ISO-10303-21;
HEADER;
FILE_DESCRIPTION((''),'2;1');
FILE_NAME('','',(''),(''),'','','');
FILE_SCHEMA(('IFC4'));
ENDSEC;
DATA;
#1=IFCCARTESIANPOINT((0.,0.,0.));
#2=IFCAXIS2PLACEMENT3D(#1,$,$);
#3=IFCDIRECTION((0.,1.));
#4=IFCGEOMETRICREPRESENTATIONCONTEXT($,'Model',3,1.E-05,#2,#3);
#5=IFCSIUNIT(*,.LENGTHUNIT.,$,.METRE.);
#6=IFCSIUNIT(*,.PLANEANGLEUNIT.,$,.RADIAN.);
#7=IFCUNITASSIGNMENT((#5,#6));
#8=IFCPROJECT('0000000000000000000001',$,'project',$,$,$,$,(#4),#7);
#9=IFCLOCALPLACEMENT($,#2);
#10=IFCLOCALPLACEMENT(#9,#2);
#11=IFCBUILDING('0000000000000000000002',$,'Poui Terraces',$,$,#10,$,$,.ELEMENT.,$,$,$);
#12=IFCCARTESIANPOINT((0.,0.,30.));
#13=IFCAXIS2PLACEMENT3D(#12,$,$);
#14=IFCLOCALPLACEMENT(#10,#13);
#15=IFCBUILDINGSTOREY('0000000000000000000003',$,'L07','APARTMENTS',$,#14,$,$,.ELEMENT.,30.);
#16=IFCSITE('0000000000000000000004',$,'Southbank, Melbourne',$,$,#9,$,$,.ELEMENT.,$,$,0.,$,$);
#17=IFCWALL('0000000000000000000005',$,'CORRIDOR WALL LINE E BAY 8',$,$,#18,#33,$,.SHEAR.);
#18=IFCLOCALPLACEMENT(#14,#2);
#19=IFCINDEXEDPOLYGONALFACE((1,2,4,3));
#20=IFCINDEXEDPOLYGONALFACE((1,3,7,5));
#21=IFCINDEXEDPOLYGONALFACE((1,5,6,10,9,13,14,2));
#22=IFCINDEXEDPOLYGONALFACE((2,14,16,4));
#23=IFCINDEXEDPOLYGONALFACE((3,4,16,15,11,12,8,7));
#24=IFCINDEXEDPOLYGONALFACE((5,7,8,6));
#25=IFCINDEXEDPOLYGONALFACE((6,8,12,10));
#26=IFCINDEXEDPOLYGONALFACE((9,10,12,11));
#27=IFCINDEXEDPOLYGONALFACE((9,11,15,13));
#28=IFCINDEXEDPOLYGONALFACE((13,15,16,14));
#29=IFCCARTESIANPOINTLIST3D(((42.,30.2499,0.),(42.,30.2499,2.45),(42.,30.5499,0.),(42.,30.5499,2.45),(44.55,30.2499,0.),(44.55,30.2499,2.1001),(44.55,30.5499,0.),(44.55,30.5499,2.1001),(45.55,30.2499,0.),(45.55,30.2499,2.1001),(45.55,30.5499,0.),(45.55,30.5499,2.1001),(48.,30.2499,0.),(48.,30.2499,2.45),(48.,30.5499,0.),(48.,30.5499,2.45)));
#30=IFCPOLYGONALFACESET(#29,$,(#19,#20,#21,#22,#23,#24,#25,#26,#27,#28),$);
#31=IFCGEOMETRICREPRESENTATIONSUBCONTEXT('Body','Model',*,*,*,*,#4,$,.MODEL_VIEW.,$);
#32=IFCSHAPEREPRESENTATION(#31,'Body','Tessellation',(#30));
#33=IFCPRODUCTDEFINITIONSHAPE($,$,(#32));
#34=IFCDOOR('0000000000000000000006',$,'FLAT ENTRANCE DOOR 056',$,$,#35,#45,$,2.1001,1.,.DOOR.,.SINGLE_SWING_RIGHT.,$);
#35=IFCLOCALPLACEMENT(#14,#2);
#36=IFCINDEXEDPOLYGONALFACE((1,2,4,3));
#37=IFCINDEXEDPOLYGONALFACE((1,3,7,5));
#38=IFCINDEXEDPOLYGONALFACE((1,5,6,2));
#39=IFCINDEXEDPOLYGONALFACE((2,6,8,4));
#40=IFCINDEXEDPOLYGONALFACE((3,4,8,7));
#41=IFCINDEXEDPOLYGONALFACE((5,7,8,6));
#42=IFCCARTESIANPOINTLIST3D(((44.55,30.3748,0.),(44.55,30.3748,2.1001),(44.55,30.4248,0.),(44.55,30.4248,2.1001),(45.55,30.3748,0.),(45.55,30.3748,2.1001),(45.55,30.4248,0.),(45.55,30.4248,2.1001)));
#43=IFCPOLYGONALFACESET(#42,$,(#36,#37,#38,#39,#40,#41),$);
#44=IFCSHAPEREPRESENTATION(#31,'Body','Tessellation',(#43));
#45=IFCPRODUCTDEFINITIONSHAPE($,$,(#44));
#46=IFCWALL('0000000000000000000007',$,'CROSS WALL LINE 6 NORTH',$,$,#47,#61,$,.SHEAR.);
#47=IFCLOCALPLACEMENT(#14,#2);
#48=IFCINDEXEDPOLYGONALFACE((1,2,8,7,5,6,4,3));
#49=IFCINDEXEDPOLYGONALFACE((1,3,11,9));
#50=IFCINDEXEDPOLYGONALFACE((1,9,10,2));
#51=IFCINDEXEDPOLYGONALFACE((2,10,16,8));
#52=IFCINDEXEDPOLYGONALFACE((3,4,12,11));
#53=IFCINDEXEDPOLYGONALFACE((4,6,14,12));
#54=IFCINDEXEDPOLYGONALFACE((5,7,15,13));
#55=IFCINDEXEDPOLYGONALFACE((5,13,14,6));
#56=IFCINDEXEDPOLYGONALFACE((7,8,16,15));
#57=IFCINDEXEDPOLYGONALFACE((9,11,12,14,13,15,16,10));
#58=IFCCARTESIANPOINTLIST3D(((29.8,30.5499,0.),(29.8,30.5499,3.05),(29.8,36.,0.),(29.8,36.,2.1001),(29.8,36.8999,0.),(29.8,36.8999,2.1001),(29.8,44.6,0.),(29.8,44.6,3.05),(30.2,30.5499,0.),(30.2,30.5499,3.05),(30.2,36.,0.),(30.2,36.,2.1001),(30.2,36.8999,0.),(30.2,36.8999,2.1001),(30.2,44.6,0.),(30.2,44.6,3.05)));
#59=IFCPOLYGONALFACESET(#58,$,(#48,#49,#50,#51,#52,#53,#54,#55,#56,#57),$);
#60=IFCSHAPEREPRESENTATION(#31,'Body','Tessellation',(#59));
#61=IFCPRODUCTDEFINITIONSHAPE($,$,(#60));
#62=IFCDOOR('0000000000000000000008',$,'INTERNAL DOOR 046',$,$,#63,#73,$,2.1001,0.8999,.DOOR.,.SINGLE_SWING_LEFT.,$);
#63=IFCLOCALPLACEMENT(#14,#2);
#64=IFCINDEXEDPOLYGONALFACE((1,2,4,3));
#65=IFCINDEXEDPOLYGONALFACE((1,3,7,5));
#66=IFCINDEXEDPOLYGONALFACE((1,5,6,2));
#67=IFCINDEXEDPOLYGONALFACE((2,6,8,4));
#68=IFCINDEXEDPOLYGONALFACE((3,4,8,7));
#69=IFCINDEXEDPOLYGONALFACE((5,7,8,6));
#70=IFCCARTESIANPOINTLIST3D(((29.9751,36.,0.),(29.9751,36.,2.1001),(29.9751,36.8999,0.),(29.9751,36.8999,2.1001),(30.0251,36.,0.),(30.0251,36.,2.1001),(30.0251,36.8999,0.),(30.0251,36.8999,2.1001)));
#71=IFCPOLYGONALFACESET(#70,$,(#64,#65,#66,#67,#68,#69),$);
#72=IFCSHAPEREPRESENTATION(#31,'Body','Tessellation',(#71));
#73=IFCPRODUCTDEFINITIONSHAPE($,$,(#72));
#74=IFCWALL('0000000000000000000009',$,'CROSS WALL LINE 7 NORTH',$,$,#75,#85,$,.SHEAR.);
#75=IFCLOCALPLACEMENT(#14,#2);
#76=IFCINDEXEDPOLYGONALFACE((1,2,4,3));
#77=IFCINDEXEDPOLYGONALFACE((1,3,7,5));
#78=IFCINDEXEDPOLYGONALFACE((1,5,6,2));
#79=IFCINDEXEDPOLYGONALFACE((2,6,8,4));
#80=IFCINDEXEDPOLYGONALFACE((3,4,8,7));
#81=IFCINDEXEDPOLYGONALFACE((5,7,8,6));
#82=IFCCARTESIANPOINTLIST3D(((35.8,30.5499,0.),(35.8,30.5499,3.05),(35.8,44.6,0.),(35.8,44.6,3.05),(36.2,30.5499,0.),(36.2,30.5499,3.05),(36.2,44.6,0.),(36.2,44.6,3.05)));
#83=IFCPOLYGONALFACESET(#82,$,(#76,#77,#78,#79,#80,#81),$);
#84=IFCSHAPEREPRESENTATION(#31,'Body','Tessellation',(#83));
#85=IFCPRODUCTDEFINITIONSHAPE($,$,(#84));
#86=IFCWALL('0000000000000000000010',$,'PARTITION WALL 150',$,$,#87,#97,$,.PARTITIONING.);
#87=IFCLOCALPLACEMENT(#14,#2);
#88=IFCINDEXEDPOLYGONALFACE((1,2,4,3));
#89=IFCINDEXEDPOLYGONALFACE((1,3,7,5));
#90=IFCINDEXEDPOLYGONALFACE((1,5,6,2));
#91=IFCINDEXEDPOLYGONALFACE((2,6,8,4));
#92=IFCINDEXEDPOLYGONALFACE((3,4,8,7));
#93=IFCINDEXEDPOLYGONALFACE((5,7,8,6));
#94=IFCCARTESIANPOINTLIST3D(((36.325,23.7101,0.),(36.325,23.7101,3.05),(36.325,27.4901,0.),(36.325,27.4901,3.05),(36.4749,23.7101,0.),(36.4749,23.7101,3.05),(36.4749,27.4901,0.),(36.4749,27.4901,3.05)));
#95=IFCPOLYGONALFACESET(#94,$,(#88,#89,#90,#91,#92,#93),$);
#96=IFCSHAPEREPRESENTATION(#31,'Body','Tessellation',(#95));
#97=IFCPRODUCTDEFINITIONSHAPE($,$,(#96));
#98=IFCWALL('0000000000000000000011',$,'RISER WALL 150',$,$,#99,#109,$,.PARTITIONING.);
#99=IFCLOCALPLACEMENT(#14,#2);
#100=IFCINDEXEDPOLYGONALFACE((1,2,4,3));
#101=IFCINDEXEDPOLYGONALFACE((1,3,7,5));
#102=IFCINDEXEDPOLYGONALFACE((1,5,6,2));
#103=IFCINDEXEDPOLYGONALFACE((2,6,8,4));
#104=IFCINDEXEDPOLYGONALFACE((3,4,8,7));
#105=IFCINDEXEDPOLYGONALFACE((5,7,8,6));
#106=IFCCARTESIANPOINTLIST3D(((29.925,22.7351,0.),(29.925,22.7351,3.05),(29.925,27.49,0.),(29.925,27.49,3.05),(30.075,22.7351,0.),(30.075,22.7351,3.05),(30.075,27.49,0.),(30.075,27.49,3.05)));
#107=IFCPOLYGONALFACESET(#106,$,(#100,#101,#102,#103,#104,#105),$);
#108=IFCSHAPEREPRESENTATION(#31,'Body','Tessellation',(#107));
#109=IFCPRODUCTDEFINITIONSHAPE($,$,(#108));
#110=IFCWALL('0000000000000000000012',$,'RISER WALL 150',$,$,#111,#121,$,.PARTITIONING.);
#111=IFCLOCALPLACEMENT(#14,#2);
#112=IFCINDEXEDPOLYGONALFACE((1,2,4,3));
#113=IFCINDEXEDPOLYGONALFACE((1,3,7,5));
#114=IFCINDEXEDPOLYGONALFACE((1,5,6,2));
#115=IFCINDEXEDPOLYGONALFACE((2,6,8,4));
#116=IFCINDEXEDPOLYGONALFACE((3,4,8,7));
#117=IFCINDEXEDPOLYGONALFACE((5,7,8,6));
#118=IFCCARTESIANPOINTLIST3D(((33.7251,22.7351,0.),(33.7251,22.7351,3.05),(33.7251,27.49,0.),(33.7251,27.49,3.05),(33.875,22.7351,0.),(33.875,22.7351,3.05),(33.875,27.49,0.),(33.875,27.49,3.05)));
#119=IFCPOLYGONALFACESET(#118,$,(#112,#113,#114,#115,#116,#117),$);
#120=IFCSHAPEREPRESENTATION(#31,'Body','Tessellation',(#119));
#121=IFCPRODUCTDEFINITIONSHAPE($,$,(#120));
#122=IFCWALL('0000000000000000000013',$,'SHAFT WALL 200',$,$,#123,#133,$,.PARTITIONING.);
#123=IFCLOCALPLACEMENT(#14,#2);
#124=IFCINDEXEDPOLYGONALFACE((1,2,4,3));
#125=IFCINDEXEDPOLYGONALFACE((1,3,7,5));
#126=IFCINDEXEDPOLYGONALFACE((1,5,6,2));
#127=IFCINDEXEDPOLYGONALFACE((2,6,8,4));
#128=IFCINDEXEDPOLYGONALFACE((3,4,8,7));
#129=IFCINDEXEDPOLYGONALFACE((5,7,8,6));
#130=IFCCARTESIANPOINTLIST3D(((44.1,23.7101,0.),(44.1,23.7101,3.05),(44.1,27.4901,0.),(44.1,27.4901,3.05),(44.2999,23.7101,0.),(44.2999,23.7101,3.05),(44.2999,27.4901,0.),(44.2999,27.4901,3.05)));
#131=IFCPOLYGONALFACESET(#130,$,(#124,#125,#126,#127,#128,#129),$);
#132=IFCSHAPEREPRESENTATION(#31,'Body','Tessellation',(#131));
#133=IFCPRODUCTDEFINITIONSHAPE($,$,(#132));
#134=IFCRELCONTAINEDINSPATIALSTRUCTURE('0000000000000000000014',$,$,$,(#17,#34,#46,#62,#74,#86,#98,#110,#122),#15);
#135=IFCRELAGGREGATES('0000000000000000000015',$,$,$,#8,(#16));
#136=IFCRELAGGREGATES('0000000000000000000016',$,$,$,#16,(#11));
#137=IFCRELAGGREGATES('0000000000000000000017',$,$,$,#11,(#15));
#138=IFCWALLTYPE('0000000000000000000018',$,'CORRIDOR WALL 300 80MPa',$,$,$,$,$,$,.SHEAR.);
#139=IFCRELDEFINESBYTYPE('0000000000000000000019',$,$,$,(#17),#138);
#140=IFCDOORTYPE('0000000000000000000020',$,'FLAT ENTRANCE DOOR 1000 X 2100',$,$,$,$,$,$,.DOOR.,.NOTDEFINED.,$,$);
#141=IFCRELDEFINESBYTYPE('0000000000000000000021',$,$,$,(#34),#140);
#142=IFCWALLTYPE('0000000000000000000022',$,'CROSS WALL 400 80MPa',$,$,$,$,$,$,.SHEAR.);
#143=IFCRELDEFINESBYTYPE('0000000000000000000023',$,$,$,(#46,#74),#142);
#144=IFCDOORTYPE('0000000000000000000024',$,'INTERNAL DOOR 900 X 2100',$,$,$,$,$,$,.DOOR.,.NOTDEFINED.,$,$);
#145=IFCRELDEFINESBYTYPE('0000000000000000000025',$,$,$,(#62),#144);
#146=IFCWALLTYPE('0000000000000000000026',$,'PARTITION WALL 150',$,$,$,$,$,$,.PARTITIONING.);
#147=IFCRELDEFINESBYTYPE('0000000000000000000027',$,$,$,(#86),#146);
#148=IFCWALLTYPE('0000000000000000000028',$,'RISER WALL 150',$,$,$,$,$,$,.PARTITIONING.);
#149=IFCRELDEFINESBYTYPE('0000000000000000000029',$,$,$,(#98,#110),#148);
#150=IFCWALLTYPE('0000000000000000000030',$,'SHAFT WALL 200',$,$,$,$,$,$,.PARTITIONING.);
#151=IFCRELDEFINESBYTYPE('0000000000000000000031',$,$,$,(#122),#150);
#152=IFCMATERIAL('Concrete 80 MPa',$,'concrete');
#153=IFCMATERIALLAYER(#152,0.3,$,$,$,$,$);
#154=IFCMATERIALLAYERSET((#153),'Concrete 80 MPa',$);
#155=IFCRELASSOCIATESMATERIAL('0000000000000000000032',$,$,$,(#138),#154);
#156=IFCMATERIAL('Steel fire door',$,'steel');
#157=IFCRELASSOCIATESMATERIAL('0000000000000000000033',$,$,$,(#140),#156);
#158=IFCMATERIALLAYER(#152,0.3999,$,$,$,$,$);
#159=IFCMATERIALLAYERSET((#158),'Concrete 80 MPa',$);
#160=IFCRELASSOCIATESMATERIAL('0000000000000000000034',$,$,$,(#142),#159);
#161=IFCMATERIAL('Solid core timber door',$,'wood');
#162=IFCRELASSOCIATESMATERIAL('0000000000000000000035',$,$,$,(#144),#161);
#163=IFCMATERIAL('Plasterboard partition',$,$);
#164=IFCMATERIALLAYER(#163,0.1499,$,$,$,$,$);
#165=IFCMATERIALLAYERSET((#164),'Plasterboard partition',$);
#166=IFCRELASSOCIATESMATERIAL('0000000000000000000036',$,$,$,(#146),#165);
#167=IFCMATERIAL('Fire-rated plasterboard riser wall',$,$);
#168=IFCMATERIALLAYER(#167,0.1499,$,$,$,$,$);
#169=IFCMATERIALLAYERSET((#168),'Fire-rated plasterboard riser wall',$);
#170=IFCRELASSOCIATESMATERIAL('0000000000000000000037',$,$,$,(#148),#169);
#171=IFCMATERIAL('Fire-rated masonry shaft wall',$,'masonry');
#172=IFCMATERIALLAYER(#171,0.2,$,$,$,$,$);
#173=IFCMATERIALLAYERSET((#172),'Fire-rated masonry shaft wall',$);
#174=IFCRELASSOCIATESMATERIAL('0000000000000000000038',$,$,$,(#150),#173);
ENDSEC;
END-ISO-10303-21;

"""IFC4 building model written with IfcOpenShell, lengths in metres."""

from ifc_helpers import new_model, si_unit, direction, frame, frame_2d, origin, place, context, subcontext, project, spatial, rectangle, extrude, material, layer, layer_set, type_object, element, fill, save


model = new_model("IFC4")

# Units and contexts
model_context = context("Model", 3, precision=1e-05, world=origin(), true_north=direction((0.0, 1.0)))
body_context = subcontext(model_context, "Body", "Model", "MODEL_VIEW")
ifc_project = project(units=[si_unit("LENGTHUNIT", "METRE"), si_unit("PLANEANGLEUNIT", "RADIAN")], contexts=[model_context])

# Site, building, storey
site_placement = place(None, origin())
site = spatial("IfcSite", under=ifc_project, at=site_placement, Name="Southbank, Melbourne", CompositionType="ELEMENT", RefElevation=0.0)
building_placement = place(site_placement, origin())
building = spatial("IfcBuilding", under=site, at=building_placement, Name="Poui Terraces", CompositionType="ELEMENT")
storey_placement = place(building_placement, frame((0.0, 0.0, 30.0)))
storey = spatial("IfcBuildingStorey", under=building, at=storey_placement, Name="L07", Description="APARTMENTS", CompositionType="ELEMENT", Elevation=30.0)

# Shared definitions
ifc_material_1 = material(Name="Concrete 80 MPa", Category="concrete")

# Shared definitions
ifc_material_2 = material(Name="Steel fire door", Category="steel")

# Walls, openings, doors
ifc_layer_1 = layer(ifc_material_1, 0.3)
ifc_layer_set_1 = layer_set([ifc_layer_1], Name="Concrete 80 MPa")
wall_type_1 = type_object("IfcWallType", Name="CORRIDOR WALL 300 80MPa", PredefinedType="SHEAR", material=ifc_layer_set_1)
door_type_1 = type_object("IfcDoorType", Name="FLAT ENTRANCE DOOR 1000 X 2100", OperationType="NOTDEFINED", PredefinedType="DOOR", material=ifc_material_2)
wall_1_placement = place(storey_placement, frame((42.0, 30.3999, 0.0), z_axis=(0.0, 0.0, 1.0), x_axis=(1.0, 0.0, 0.0)))
wall_1 = element("IfcWall", 1, at=wall_1_placement, inside=storey, type_object=wall_type_1, Name="CORRIDOR WALL LINE E BAY 8", PredefinedType="SHEAR", context=body_context, shape_type="SweptSolid", body=[
    extrude(rectangle(XDim=6.0, YDim=0.3, at=frame_2d((3.0, 0.0))), origin(), (0.0, 0.0, 1.0), 2.45),
])
opening_1_placement = place(wall_1_placement, frame((2.55, 0.0, 0.0)))
opening_1 = element("IfcOpeningElement", 2, at=opening_1_placement, cuts=wall_1, PredefinedType="OPENING", context=body_context, shape_type="SweptSolid", body=[
    extrude(rectangle(XDim=1.0, YDim=2.1001, at=frame_2d((0.5, 1.05))), frame((0.0, 0.1602, 0.0), z_axis=(0.0, -1.0, 0.0), x_axis=(1.0, 0.0, 0.0)), (0.0, 0.0, 1.0), 0.3201),
])
door_1_placement = place(opening_1_placement, origin())
door_1 = element("IfcDoor", 3, at=door_1_placement, inside=storey, type_object=door_type_1, Name="FLAT ENTRANCE DOOR 056", OperationType="SINGLE_SWING_RIGHT", OverallHeight=2.1001, OverallWidth=1.0, PredefinedType="DOOR", context=body_context, shape_type="SweptSolid", body=[
    extrude(rectangle(XDim=1.0, YDim=2.1001, at=frame_2d((0.5, 1.05))), frame((0.0, 0.0249, 0.0), z_axis=(0.0, -1.0, 0.0), x_axis=(1.0, 0.0, 0.0)), (0.0, 0.0, 1.0), 0.05),
])
fill(opening_1, door_1)
ifc_layer_2 = layer(ifc_material_1, 0.3999)
ifc_layer_set_2 = layer_set([ifc_layer_2], Name="Concrete 80 MPa")
wall_type_2 = type_object("IfcWallType", Name="CROSS WALL 400 80MPa", PredefinedType="SHEAR", material=ifc_layer_set_2)
wall_2_placement = place(storey_placement, frame((30.0, 30.55, 0.0), z_axis=(0.0, 0.0, 1.0), x_axis=(0.0, 1.0, 0.0)))
wall_2 = element("IfcWall", 4, at=wall_2_placement, inside=storey, type_object=wall_type_2, Name="CROSS WALL LINE 6 NORTH", PredefinedType="SHEAR", context=body_context, shape_type="SweptSolid", body=[
    extrude(rectangle(XDim=14.05, YDim=0.3999, at=frame_2d((7.0249, 0.0))), origin(), (0.0, 0.0, 1.0), 3.05),
])
opening_2_placement = place(wall_2_placement, frame((5.45, 0.0, 0.0)))
opening_2 = element("IfcOpeningElement", 5, at=opening_2_placement, cuts=wall_2, PredefinedType="OPENING", context=body_context, shape_type="SweptSolid", body=[
    extrude(rectangle(XDim=0.8999, YDim=2.1001, at=frame_2d((0.45, 1.05))), frame((0.0, 0.21, 0.0), z_axis=(0.0, -1.0, 0.0), x_axis=(1.0, 0.0, 0.0)), (0.0, 0.0, 1.0), 0.4199),
])
ifc_material_3 = material(Name="Solid core timber door", Category="wood")
door_type_2 = type_object("IfcDoorType", Name="INTERNAL DOOR 900 X 2100", OperationType="NOTDEFINED", PredefinedType="DOOR", material=ifc_material_3)
door_2_placement = place(opening_2_placement, origin())
door_2 = element("IfcDoor", 6, at=door_2_placement, inside=storey, type_object=door_type_2, Name="INTERNAL DOOR 046", OperationType="SINGLE_SWING_LEFT", OverallHeight=2.1001, OverallWidth=0.8999, PredefinedType="DOOR", context=body_context, shape_type="SweptSolid", body=[
    extrude(rectangle(XDim=0.8999, YDim=2.1001, at=frame_2d((0.45, 1.05))), frame((0.0, 0.0249, 0.0), z_axis=(0.0, -1.0, 0.0), x_axis=(1.0, 0.0, 0.0)), (0.0, 0.0, 1.0), 0.05),
])
fill(opening_2, door_2)

# Walls
wall_3_placement = place(storey_placement, frame((36.0, 30.55, 0.0), z_axis=(0.0, 0.0, 1.0), x_axis=(0.0, 1.0, 0.0)))
element("IfcWall", 7, at=wall_3_placement, inside=storey, type_object=wall_type_2, Name="CROSS WALL LINE 7 NORTH", PredefinedType="SHEAR", context=body_context, shape_type="SweptSolid", body=[
    extrude(rectangle(XDim=14.05, YDim=0.3999, at=frame_2d((7.0249, 0.0))), origin(), (0.0, 0.0, 1.0), 3.05),
])
ifc_material_4 = material(Name="Plasterboard partition")
ifc_layer_3 = layer(ifc_material_4, 0.1499)
ifc_layer_set_3 = layer_set([ifc_layer_3], Name="Plasterboard partition")
wall_type_3 = type_object("IfcWallType", Name="PARTITION WALL 150", PredefinedType="PARTITIONING", material=ifc_layer_set_3)
wall_4_placement = place(storey_placement, frame((36.3999, 23.71, 0.0), z_axis=(0.0, 0.0, 1.0), x_axis=(0.0, 1.0, 0.0)))
element("IfcWall", 8, at=wall_4_placement, inside=storey, type_object=wall_type_3, Name="PARTITION WALL 150", PredefinedType="PARTITIONING", context=body_context, shape_type="SweptSolid", body=[
    extrude(rectangle(XDim=3.78, YDim=0.1499, at=frame_2d((1.8901, 0.0))), origin(), (0.0, 0.0, 1.0), 3.05),
])
ifc_material_5 = material(Name="Fire-rated plasterboard riser wall")
ifc_layer_4 = layer(ifc_material_5, 0.1499)
ifc_layer_set_4 = layer_set([ifc_layer_4], Name="Fire-rated plasterboard riser wall")
wall_type_4 = type_object("IfcWallType", Name="RISER WALL 150", PredefinedType="PARTITIONING", material=ifc_layer_set_4)
for number, where, z_axis, x_axis, name in (
    (9, (30.0, 22.7351, 0.0), (0.0, 0.0, 1.0), (0.0, 1.0, 0.0), "RISER WALL 150"),
    (10, (33.8, 22.7351, 0.0), (0.0, 0.0, 1.0), (0.0, 1.0, 0.0), "RISER WALL 150"),
):
    element("IfcWall", number, at=place(storey_placement, frame(where, z_axis=z_axis, x_axis=x_axis)), inside=storey, type_object=wall_type_4, Name=name, PredefinedType="PARTITIONING", context=body_context, shape_type="SweptSolid", body=[
        extrude(rectangle(XDim=4.7549, YDim=0.1499, at=frame_2d((2.3774, 0.0))), origin(), (0.0, 0.0, 1.0), 3.05),
    ])
ifc_material_6 = material(Name="Fire-rated masonry shaft wall", Category="masonry")
ifc_layer_5 = layer(ifc_material_6, 0.2)
ifc_layer_set_5 = layer_set([ifc_layer_5], Name="Fire-rated masonry shaft wall")
wall_type_5 = type_object("IfcWallType", Name="SHAFT WALL 200", PredefinedType="PARTITIONING", material=ifc_layer_set_5)
wall_5_placement = place(storey_placement, frame((44.2, 23.71, 0.0), z_axis=(0.0, 0.0, 1.0), x_axis=(0.0, 1.0, 0.0)))
element("IfcWall", 11, at=wall_5_placement, inside=storey, type_object=wall_type_5, Name="SHAFT WALL 200", PredefinedType="PARTITIONING", context=body_context, shape_type="SweptSolid", body=[
    extrude(rectangle(XDim=3.78, YDim=0.2, at=frame_2d((1.8901, 0.0))), origin(), (0.0, 0.0, 1.0), 3.05),
])

save(model, "model.ifc")
